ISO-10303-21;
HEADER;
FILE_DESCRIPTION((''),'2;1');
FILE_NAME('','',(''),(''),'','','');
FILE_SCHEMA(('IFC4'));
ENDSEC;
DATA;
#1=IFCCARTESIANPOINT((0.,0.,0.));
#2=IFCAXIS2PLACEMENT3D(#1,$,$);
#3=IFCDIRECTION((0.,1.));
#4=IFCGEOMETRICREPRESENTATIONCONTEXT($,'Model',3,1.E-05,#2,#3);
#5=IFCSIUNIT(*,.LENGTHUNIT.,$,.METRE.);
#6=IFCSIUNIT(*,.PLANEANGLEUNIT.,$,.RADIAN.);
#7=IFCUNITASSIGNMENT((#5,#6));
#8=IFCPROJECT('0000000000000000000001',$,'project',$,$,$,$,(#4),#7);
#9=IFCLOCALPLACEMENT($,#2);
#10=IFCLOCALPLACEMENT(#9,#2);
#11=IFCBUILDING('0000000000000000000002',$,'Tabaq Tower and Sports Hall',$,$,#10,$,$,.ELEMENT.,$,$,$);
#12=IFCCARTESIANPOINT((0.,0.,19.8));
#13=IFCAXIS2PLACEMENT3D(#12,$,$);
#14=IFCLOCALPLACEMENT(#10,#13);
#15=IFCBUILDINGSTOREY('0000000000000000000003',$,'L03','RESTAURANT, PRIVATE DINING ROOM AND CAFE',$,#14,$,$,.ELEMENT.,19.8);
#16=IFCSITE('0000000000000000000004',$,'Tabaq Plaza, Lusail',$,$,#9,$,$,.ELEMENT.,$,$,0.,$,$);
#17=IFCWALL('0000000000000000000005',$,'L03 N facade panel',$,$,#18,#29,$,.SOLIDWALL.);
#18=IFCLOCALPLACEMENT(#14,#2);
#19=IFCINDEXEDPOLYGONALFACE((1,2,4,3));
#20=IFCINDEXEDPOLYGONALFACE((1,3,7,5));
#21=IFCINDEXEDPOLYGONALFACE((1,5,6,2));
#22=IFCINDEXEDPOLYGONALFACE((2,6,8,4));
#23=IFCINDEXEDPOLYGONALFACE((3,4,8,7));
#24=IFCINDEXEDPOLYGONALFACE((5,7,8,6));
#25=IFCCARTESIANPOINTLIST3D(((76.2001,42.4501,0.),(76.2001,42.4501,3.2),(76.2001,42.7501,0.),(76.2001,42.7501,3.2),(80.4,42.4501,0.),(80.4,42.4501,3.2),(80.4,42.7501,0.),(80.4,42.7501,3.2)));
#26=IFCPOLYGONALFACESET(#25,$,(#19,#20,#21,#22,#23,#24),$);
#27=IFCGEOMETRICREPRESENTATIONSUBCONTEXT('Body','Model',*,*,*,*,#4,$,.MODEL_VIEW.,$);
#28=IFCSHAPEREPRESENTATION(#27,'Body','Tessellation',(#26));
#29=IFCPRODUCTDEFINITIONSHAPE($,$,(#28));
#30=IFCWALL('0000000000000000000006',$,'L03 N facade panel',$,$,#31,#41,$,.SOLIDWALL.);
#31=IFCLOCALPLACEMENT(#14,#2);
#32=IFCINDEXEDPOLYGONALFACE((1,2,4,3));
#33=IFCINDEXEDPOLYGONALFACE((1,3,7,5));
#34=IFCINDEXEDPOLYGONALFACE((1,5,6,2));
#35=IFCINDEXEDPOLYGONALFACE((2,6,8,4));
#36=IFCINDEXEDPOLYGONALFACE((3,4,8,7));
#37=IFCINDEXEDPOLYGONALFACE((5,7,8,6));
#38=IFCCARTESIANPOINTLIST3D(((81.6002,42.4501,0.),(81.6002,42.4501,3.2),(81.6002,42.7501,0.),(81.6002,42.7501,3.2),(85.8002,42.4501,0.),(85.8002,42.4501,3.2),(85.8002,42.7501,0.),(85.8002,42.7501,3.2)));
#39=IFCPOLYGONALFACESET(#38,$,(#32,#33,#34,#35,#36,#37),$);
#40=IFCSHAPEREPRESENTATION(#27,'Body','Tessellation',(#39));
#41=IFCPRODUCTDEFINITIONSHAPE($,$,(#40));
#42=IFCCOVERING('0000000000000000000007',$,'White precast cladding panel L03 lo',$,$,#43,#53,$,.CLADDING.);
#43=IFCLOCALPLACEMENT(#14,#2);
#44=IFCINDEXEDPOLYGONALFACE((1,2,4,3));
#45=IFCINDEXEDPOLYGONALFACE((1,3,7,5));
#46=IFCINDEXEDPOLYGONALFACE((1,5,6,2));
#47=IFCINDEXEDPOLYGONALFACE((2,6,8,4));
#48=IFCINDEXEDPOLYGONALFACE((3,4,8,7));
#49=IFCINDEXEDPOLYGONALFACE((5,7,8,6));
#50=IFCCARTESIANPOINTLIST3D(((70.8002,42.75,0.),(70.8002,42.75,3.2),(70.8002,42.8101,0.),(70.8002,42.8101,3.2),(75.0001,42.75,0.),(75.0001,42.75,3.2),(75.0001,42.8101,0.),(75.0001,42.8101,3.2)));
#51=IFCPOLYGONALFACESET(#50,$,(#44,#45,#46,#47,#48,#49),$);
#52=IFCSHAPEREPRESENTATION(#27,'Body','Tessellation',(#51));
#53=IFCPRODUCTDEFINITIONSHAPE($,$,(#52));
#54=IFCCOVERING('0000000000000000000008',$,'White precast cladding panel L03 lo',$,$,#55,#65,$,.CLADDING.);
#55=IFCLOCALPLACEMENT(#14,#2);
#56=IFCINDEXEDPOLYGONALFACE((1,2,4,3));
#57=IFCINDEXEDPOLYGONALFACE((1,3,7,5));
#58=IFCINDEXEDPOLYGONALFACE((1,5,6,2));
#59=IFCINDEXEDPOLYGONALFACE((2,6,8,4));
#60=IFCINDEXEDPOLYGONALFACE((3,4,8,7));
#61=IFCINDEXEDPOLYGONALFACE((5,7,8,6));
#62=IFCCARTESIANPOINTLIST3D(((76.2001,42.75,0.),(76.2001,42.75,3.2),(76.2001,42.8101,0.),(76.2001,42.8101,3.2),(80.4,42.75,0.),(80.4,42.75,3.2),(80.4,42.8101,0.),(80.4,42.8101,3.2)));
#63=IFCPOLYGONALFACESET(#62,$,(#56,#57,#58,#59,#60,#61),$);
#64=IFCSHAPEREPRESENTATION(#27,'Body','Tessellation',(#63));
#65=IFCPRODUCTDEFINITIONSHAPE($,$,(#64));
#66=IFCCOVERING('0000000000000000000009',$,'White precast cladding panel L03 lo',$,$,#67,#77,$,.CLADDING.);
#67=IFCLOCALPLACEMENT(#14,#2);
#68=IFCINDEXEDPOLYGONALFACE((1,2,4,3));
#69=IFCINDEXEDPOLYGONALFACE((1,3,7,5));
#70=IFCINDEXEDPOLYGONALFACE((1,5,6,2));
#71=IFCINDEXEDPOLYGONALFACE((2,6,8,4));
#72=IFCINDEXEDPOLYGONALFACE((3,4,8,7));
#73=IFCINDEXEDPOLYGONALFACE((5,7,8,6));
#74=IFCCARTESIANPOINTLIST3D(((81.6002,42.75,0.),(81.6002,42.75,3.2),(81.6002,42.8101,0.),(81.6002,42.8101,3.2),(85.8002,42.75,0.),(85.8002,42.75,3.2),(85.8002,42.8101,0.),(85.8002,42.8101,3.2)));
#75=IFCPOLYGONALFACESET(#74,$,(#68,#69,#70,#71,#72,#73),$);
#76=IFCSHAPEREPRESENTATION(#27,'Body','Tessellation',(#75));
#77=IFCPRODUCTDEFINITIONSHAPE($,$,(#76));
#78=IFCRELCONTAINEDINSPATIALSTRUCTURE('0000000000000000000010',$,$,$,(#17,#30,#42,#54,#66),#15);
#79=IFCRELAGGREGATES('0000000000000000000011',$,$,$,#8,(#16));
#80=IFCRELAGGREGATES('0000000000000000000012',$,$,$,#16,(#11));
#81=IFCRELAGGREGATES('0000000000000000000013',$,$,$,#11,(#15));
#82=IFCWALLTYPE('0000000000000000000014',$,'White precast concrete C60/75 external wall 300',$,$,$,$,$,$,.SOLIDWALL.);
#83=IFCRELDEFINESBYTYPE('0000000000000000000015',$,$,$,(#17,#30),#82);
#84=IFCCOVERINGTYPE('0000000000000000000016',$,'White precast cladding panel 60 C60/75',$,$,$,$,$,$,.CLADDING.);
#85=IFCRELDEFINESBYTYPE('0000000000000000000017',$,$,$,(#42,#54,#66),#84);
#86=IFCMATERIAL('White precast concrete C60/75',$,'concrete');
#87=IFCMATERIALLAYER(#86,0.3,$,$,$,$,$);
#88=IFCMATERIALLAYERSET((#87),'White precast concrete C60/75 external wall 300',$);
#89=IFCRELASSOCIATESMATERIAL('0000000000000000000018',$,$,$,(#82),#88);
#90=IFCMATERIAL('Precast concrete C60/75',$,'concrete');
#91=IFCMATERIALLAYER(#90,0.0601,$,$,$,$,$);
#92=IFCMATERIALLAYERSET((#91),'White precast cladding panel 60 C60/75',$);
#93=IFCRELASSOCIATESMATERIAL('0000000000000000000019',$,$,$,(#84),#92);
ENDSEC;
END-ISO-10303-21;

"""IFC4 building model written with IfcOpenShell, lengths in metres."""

from ifc_helpers import new_model, si_unit, direction, frame, frame_2d, origin, place, context, subcontext, project, spatial, rectangle, extrude, material, layer, layer_set, type_object, element, save


model = new_model("IFC4")

# Units and contexts
model_context = context("Model", 3, precision=1e-05, world=origin(), true_north=direction((0.0, 1.0)))
body_context = subcontext(model_context, "Body", "Model", "MODEL_VIEW")
ifc_project = project(units=[si_unit("LENGTHUNIT", "METRE"), si_unit("PLANEANGLEUNIT", "RADIAN")], contexts=[model_context])

# Site, building, storey
site_placement = place(None, origin())
site = spatial("IfcSite", under=ifc_project, at=site_placement, Name="Tabaq Plaza, Lusail", CompositionType="ELEMENT", RefElevation=0.0)
building_placement = place(site_placement, origin())
building = spatial("IfcBuilding", under=site, at=building_placement, Name="Tabaq Tower and Sports Hall", CompositionType="ELEMENT")
storey_placement = place(building_placement, frame((0.0, 0.0, 19.8)))
storey = spatial("IfcBuildingStorey", under=building, at=storey_placement, Name="L03", Description="RESTAURANT, PRIVATE DINING ROOM AND CAFE", CompositionType="ELEMENT", Elevation=19.8)

# Walls
ifc_material_1 = material(Name="White precast concrete C60/75", Category="concrete")
ifc_layer_1 = layer(ifc_material_1, 0.3)
ifc_layer_set_1 = layer_set([ifc_layer_1], Name="White precast concrete C60/75 external wall 300")
wall_type = type_object("IfcWallType", Name="White precast concrete C60/75 external wall 300", PredefinedType="SOLIDWALL", material=ifc_layer_set_1)
for number, where, z_axis, x_axis, name in (
    (1, (76.2, 42.6001, 0.0), (0.0, 0.0, 1.0), (1.0, 0.0, 0.0), "L03 N facade panel"),
    (2, (81.6001, 42.6001, 0.0), (0.0, 0.0, 1.0), (1.0, 0.0, 0.0), "L03 N facade panel"),
):
    element("IfcWall", number, at=place(storey_placement, frame(where, z_axis=z_axis, x_axis=x_axis)), inside=storey, type_object=wall_type, Name=name, PredefinedType="SOLIDWALL", context=body_context, shape_type="SweptSolid", body=[
        extrude(rectangle(XDim=4.2, YDim=0.3, at=frame_2d((2.1001, 0.0))), origin(), (0.0, 0.0, 1.0), 3.2),
    ])

# Coverings
ifc_material_2 = material(Name="Precast concrete C60/75", Category="concrete")
ifc_layer_2 = layer(ifc_material_2, 0.0601)
ifc_layer_set_2 = layer_set([ifc_layer_2], Name="White precast cladding panel 60 C60/75")
covering_type = type_object("IfcCoveringType", Name="White precast cladding panel 60 C60/75", PredefinedType="CLADDING", material=ifc_layer_set_2)
for number, where, z_axis, x_axis, name in (
    (3, (70.8, 42.78, 0.0), (0.0, 0.0, 1.0), (1.0, 0.0, 0.0), "White precast cladding panel L03 lo"),
    (4, (76.2, 42.78, 0.0), (0.0, 0.0, 1.0), (1.0, 0.0, 0.0), "White precast cladding panel L03 lo"),
    (5, (81.6001, 42.78, 0.0), (0.0, 0.0, 1.0), (1.0, 0.0, 0.0), "White precast cladding panel L03 lo"),
):
    element("IfcCovering", number, at=place(storey_placement, frame(where, z_axis=z_axis, x_axis=x_axis)), inside=storey, type_object=covering_type, Name=name, PredefinedType="CLADDING", context=body_context, shape_type="SweptSolid", body=[
        extrude(rectangle(XDim=4.2, YDim=0.0601, at=frame_2d((2.1001, 0.0))), origin(), (0.0, 0.0, 1.0), 3.2),
    ])

save(model, "model.ifc")
